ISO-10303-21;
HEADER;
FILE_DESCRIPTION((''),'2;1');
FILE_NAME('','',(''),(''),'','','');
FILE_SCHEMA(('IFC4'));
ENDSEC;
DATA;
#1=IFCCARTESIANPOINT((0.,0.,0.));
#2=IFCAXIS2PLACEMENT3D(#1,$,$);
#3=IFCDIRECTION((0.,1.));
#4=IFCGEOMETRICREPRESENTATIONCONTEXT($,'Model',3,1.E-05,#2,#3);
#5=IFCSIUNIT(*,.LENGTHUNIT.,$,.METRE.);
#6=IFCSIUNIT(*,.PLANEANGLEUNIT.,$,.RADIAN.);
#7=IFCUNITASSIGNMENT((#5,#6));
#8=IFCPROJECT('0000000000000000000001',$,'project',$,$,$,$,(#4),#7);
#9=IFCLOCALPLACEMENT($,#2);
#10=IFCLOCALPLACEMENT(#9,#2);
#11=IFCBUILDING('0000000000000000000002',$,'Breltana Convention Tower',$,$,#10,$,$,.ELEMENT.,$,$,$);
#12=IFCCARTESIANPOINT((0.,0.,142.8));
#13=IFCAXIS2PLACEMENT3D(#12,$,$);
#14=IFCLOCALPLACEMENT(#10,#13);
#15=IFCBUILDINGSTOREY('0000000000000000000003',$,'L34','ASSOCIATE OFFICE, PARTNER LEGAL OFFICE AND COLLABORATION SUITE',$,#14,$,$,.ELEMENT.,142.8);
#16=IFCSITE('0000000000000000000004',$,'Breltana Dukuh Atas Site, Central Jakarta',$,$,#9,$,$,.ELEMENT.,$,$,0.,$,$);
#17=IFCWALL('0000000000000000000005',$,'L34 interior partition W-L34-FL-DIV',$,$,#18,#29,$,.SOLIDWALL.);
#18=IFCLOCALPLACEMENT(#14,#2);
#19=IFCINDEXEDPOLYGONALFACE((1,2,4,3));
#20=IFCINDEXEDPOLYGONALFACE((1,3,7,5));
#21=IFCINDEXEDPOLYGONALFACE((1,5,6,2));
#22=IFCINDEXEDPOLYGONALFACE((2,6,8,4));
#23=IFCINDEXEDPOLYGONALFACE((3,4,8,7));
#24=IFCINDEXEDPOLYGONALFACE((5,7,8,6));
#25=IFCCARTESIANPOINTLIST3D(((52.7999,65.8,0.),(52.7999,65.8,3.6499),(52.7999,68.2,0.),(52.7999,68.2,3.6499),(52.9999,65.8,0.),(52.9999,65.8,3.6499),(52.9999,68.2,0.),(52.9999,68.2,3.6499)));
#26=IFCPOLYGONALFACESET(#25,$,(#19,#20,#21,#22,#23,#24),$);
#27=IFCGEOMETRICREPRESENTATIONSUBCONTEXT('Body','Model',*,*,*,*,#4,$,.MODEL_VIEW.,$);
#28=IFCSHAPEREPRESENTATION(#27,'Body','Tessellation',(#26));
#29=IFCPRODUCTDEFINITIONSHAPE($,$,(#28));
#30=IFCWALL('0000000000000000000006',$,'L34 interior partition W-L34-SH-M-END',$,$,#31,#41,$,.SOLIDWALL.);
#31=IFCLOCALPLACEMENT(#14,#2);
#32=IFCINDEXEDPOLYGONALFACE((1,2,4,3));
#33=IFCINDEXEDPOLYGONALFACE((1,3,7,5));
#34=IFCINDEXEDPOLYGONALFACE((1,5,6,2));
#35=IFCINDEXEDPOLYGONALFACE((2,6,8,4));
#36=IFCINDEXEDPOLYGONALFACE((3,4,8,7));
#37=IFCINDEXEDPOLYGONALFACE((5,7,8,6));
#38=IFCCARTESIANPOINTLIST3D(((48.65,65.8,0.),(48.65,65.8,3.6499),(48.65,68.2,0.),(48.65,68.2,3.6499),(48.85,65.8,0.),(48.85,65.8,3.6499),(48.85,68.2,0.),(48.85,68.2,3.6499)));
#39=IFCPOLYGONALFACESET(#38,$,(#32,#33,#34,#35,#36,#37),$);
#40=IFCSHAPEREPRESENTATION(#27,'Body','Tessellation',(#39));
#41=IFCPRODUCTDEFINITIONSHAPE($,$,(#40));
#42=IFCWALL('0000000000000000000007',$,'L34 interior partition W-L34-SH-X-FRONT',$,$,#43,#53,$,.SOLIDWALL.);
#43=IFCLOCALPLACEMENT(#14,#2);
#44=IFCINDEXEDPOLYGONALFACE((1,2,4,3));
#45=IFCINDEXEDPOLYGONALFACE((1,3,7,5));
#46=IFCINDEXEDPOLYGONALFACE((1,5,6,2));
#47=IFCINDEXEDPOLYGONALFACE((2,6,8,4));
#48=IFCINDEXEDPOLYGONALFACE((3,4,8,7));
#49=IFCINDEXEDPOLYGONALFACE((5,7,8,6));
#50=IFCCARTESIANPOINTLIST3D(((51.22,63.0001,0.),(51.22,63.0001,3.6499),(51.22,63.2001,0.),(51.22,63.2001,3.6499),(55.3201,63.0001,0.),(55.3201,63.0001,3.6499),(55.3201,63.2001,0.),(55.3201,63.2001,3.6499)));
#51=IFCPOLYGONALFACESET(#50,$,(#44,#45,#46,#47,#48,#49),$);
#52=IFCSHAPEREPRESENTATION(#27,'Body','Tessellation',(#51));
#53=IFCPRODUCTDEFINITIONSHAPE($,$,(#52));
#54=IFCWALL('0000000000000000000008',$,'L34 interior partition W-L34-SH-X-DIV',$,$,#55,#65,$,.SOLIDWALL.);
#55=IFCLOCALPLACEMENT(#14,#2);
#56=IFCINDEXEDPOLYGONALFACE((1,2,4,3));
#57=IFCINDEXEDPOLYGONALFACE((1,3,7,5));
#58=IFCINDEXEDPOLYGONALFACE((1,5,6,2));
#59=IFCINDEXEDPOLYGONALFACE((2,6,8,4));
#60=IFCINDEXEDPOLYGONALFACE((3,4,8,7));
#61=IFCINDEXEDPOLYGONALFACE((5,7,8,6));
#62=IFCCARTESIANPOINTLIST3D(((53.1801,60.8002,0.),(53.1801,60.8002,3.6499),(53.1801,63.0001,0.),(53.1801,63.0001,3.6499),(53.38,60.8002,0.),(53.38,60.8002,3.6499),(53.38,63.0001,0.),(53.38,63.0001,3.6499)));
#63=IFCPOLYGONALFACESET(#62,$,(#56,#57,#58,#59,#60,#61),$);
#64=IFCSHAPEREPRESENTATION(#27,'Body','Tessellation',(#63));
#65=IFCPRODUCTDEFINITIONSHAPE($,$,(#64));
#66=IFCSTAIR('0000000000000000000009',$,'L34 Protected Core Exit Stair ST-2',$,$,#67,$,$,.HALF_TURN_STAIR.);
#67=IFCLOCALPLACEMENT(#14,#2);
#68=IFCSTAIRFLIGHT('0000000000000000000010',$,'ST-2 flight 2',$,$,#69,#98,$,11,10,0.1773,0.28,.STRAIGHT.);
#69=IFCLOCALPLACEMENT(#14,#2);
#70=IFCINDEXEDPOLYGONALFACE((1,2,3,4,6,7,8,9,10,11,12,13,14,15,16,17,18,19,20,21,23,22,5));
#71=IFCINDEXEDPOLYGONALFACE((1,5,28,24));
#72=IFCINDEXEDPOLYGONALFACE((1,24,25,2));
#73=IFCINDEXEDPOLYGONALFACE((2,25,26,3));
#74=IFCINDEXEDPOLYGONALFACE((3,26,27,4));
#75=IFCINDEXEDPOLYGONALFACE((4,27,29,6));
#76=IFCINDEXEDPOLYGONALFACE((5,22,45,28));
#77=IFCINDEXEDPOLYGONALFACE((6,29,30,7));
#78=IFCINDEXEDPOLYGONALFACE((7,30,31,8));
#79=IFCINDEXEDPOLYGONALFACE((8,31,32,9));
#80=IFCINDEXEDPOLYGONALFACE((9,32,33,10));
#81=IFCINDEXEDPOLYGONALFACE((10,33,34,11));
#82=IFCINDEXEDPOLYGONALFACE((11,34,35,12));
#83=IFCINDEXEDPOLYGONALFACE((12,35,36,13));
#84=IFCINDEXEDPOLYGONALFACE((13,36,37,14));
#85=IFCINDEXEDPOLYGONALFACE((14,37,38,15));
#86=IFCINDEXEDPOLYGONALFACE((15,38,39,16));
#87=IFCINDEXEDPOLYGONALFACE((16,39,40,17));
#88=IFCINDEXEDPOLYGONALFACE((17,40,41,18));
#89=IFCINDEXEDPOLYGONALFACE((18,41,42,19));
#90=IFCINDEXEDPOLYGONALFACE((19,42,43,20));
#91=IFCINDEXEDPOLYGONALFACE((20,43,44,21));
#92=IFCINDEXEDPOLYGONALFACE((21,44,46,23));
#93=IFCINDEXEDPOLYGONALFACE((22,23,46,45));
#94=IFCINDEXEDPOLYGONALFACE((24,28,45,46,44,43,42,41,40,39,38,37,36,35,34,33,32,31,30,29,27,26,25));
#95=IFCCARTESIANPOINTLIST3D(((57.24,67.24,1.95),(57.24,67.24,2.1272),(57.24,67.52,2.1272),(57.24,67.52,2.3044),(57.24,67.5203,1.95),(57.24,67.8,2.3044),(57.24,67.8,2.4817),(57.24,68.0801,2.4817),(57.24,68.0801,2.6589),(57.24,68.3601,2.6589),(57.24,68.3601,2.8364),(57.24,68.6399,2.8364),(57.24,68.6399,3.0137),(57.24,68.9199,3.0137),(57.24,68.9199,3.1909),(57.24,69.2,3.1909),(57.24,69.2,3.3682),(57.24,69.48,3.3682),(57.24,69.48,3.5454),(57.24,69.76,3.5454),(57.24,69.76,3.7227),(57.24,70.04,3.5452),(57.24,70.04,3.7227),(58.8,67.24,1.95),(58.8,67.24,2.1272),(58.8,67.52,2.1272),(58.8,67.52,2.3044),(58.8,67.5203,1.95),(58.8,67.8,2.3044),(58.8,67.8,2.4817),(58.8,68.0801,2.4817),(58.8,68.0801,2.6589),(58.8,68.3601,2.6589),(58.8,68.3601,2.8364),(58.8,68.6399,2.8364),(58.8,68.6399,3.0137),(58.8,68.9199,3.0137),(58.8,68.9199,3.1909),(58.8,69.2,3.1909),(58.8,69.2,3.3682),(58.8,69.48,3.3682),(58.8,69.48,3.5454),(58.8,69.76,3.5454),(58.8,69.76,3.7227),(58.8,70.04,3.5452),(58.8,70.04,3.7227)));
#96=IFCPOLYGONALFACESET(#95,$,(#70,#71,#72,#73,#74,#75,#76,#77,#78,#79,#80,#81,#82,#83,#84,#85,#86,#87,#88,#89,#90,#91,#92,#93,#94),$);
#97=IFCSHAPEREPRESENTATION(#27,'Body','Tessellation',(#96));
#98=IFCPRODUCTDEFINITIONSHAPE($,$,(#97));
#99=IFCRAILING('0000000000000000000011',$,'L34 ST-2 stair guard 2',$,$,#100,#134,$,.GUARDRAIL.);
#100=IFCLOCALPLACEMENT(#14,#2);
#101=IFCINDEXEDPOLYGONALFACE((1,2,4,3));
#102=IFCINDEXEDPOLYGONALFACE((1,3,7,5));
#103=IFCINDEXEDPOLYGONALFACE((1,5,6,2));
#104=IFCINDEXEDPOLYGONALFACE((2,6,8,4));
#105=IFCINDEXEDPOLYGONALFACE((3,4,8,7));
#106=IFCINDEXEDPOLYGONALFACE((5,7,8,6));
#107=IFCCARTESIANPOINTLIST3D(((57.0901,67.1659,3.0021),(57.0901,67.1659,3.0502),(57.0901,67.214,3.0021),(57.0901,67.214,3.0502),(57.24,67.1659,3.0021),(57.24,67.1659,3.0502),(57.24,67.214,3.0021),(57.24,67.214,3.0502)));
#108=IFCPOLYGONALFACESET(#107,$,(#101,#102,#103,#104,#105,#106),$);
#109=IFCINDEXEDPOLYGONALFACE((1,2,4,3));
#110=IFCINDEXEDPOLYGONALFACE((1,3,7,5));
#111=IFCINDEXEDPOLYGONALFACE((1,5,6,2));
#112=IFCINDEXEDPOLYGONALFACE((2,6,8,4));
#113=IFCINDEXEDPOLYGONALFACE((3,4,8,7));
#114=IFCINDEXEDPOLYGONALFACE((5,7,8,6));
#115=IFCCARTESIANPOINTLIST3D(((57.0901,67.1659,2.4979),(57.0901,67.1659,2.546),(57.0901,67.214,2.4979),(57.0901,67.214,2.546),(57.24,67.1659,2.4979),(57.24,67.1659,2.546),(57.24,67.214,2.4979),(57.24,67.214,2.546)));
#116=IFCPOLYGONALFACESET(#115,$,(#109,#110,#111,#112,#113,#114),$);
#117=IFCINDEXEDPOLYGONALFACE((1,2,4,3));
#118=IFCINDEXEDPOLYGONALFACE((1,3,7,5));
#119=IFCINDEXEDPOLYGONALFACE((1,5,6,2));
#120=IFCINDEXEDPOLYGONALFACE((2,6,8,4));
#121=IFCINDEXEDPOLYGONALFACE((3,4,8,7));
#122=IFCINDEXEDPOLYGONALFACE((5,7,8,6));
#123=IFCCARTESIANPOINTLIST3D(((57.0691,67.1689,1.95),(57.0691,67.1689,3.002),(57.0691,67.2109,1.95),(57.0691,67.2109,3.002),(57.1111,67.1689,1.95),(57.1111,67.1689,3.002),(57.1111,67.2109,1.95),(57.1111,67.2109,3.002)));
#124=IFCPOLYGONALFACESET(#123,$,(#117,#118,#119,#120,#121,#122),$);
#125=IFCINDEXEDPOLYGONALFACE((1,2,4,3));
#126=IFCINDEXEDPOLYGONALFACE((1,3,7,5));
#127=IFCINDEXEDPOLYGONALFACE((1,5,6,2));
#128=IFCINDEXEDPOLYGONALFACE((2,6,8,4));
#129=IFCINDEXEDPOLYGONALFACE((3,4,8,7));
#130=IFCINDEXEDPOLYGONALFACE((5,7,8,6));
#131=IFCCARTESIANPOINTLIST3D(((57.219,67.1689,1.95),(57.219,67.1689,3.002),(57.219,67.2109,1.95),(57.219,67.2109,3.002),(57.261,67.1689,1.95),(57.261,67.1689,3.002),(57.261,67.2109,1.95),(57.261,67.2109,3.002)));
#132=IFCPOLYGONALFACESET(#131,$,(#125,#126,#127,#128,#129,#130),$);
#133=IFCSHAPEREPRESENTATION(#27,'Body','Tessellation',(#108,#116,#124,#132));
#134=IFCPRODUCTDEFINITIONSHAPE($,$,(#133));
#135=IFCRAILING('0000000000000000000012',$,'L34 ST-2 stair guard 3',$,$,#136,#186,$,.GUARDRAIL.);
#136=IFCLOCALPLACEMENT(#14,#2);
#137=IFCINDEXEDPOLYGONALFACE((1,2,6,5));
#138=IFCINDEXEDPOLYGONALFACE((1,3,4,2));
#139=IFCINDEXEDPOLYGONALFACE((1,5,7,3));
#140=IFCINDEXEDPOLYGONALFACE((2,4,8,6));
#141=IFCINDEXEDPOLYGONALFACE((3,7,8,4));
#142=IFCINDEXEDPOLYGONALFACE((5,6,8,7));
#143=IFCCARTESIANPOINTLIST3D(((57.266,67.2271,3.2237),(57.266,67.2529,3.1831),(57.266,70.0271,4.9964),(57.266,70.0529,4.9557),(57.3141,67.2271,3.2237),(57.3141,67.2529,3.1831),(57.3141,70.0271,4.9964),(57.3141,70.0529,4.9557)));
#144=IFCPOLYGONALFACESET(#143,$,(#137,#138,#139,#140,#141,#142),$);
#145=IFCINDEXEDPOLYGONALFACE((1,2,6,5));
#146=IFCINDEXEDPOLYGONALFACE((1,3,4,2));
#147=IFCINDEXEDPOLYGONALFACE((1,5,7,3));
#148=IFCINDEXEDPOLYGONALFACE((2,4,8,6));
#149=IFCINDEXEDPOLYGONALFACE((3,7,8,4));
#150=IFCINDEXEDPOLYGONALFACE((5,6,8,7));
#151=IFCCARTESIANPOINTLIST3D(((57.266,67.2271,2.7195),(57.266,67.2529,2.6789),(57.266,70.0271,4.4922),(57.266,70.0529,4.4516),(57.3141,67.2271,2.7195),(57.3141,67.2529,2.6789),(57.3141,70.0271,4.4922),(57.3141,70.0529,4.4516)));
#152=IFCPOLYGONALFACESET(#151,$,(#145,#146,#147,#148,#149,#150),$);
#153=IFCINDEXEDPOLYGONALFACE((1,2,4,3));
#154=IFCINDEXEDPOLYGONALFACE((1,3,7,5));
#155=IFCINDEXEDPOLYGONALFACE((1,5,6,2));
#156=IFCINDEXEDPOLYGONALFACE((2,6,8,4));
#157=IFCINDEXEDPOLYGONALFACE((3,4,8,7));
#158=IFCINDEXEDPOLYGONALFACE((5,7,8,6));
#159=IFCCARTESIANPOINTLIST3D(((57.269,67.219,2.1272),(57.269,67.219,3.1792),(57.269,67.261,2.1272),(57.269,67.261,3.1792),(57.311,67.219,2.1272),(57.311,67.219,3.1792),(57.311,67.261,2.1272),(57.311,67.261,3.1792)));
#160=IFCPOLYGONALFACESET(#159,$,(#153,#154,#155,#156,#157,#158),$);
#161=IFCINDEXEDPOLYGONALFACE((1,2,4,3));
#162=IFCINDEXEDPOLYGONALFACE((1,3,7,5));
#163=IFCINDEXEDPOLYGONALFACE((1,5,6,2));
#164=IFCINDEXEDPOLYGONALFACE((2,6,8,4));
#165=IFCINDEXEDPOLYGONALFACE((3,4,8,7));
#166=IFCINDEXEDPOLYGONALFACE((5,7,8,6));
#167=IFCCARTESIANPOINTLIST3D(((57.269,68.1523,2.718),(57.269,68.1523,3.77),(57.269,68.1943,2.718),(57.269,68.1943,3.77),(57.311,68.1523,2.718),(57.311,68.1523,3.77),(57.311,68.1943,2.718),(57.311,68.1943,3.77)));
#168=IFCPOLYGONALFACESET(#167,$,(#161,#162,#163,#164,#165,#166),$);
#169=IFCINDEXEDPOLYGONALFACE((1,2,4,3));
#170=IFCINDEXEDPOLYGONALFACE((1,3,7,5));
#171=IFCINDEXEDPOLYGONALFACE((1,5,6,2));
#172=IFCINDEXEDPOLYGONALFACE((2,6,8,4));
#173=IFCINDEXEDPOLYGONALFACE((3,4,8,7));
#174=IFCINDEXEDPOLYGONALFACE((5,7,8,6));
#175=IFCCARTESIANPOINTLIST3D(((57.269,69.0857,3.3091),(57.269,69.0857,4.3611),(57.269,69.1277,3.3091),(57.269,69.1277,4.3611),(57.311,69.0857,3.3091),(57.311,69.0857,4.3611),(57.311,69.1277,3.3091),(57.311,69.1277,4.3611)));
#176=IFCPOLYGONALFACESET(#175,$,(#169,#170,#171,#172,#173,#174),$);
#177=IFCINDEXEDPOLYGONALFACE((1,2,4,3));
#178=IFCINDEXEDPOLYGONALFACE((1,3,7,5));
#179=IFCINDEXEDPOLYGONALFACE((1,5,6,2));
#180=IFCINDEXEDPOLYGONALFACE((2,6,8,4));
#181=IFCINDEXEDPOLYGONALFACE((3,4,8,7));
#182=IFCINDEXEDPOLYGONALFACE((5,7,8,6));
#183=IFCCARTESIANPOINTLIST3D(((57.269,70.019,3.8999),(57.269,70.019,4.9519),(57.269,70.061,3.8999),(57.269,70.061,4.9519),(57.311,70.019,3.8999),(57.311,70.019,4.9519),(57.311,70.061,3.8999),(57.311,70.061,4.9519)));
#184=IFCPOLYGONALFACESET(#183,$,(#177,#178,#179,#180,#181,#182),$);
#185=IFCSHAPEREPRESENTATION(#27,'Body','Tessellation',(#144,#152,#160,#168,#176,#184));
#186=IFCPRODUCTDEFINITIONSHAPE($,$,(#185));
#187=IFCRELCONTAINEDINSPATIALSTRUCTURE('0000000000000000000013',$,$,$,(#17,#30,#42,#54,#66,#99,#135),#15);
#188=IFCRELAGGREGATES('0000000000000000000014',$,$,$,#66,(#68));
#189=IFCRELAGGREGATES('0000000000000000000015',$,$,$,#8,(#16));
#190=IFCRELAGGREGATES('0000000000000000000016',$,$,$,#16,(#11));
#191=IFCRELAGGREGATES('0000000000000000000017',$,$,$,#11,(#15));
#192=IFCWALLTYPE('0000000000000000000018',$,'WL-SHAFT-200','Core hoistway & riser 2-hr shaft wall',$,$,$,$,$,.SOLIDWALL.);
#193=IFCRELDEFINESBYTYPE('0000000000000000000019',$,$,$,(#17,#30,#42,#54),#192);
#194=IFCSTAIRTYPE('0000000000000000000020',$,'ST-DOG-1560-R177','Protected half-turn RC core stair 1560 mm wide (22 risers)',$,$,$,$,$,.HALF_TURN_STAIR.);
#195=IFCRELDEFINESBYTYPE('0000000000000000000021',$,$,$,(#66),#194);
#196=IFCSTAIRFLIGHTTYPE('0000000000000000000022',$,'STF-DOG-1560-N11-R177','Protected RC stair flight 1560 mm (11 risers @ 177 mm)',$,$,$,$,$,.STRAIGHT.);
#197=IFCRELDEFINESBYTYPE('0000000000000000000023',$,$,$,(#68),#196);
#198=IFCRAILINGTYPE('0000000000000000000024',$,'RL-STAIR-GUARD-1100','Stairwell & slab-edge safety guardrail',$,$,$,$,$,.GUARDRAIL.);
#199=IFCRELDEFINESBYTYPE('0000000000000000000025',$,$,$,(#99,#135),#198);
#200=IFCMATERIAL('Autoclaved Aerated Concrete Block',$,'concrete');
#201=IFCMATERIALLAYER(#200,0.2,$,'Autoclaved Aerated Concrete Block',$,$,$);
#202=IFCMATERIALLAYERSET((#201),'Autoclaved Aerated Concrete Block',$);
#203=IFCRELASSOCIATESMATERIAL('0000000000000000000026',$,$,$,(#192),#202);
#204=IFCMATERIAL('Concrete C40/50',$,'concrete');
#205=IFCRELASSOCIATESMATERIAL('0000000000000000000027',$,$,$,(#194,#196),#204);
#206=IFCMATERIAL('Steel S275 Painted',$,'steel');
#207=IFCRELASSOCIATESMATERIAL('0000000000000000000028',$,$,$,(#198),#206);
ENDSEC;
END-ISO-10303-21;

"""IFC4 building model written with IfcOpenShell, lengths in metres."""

from ifc_helpers import new_model, si_unit, direction, frame, frame_2d, origin, origin_2d, place, context, subcontext, project, spatial, polyline, rectangle, outline, extrude, source, transform, mapped, material, layer, layer_set, type_object, element, aggregate, save


model = new_model("IFC4")

# Units and contexts
model_context = context("Model", 3, precision=1e-05, world=origin(), true_north=direction((0.0, 1.0)))
body_context = subcontext(model_context, "Body", "Model", "MODEL_VIEW")
ifc_project = project(units=[si_unit("LENGTHUNIT", "METRE"), si_unit("PLANEANGLEUNIT", "RADIAN")], contexts=[model_context])

# Site, building, storey
site_placement = place(None, origin())
site = spatial("IfcSite", under=ifc_project, at=site_placement, Name="Breltana Dukuh Atas Site, Central Jakarta", CompositionType="ELEMENT", RefElevation=0.0)
building_placement = place(site_placement, origin())
building = spatial("IfcBuilding", under=site, at=building_placement, Name="Breltana Convention Tower", CompositionType="ELEMENT")
storey_placement = place(building_placement, frame((0.0, 0.0, 142.8)))
storey = spatial("IfcBuildingStorey", under=building, at=storey_placement, Name="L34", Description="ASSOCIATE OFFICE, PARTNER LEGAL OFFICE AND COLLABORATION SUITE", CompositionType="ELEMENT", Elevation=142.8)

# Walls
ifc_material_1 = material(Name="Autoclaved Aerated Concrete Block", Category="concrete")
ifc_layer_1 = layer(ifc_material_1, 0.2, Name="Autoclaved Aerated Concrete Block")
ifc_layer_set_1 = layer_set([ifc_layer_1], Name="Autoclaved Aerated Concrete Block")
wall_type_1 = type_object("IfcWallType", Name="WL-SHAFT-200", Description="Core hoistway & riser 2-hr shaft wall", PredefinedType="SOLIDWALL", material=ifc_layer_set_1)
shared_shape_1 = source(origin(), body_context, "Body", "SweptSolid", [
    extrude(rectangle(XDim=2.3999, YDim=0.2, at=frame_2d((1.2, 0.0))), origin(), (0.0, 0.0, 1.0), 3.6499),
])
for number, where, z_axis, x_axis, name in (
    (1, (52.8999, 65.8, 0.0), (0.0, 0.0, 1.0), (0.0, 1.0, 0.0), "L34 interior partition W-L34-FL-DIV"),
    (2, (48.75, 65.8, 0.0), (0.0, 0.0, 1.0), (0.0, 1.0, 0.0), "L34 interior partition W-L34-SH-M-END"),
):
    element("IfcWall", number, at=place(storey_placement, frame(where, z_axis=z_axis, x_axis=x_axis)), inside=storey, type_object=wall_type_1, Name=name, PredefinedType="SOLIDWALL", context=body_context, shape_type="MappedRepresentation", body=[
        mapped(shared_shape_1, transform((0.0, 0.0, 0.0), scale=1.0)),
    ])
shared_shape_2 = source(origin(), body_context, "Body", "SweptSolid", [
    extrude(rectangle(XDim=4.1001, YDim=0.2, at=frame_2d((2.05, 0.0))), origin(), (0.0, 0.0, 1.0), 3.6499),
])
wall_1_placement = place(storey_placement, frame((51.22, 63.1001, 0.0), z_axis=(0.0, 0.0, 1.0), x_axis=(1.0, 0.0, 0.0)))
element("IfcWall", 3, at=wall_1_placement, inside=storey, type_object=wall_type_1, Name="L34 interior partition W-L34-SH-X-FRONT", PredefinedType="SOLIDWALL", context=body_context, shape_type="MappedRepresentation", body=[
    mapped(shared_shape_2, transform((0.0, 0.0, 0.0), scale=1.0)),
])
shared_shape_3 = source(origin(), body_context, "Body", "SweptSolid", [
    extrude(rectangle(XDim=2.2, YDim=0.2, at=frame_2d((1.1001, 0.0))), origin(), (0.0, 0.0, 1.0), 3.6499),
])
wall_2_placement = place(storey_placement, frame((53.28, 60.8, 0.0), z_axis=(0.0, 0.0, 1.0), x_axis=(0.0, 1.0, 0.0)))
element("IfcWall", 4, at=wall_2_placement, inside=storey, type_object=wall_type_1, Name="L34 interior partition W-L34-SH-X-DIV", PredefinedType="SOLIDWALL", context=body_context, shape_type="MappedRepresentation", body=[
    mapped(shared_shape_3, transform((0.0, 0.0, 0.0), scale=1.0)),
])

# Stair, stair flight
ifc_material_2 = material(Name="Concrete C40/50", Category="concrete")
stair_type = type_object("IfcStairType", Name="ST-DOG-1560-R177", Description="Protected half-turn RC core stair 1560 mm wide (22 risers)", PredefinedType="HALF_TURN_STAIR", material=ifc_material_2)
stair_placement = place(storey_placement, origin())
stair = element("IfcStair", 5, at=stair_placement, inside=storey, type_object=stair_type, Name="L34 Protected Core Exit Stair ST-2", PredefinedType="HALF_TURN_STAIR")
stair_flight_type = type_object("IfcStairFlightType", Name="STF-DOG-1560-N11-R177", Description="Protected RC stair flight 1560 mm (11 risers @ 177 mm)", PredefinedType="STRAIGHT", material=ifc_material_2)
stair_flight_placement = place(storey_placement, frame((58.02, 67.24, 1.95), z_axis=(0.0, 0.0, 1.0), x_axis=(0.0, 1.0, 0.0)))
stair_flight = element("IfcStairFlight", 6, at=stair_flight_placement, type_object=stair_flight_type, Name="ST-2 flight 2", NumberOfRisers=11, NumberOfTreads=10, PredefinedType="STRAIGHT", RiserHeight=0.1773, TreadLength=0.28, context=body_context, shape_type="SweptSolid", body=[
    extrude(outline(polyline([(0.0, 0.0), (0.0, 0.1772), (0.28, 0.1772), (0.28, 0.3545), (0.5601, 0.3545), (0.5601, 0.5317), (0.8401, 0.5317), (0.8401, 0.709), (1.1201, 0.709), (1.1201, 0.8865), (1.3999, 0.8865), (1.3999, 1.0637), (1.6799, 1.0637), (1.6799, 1.241), (1.96, 1.241), (1.96, 1.4182), (2.24, 1.4182), (2.24, 1.5955), (2.52, 1.5955), (2.52, 1.7727), (2.8, 1.7727), (2.8, 1.95), (2.8, 1.5952), (0.2803, 0.0), (0.0, 0.0)])), frame((0.0, 0.78, 0.0), z_axis=(0.0, -1.0, 0.0), x_axis=(1.0, 0.0, 0.0)), (0.0, 0.0, 1.0), 1.5601),
])
aggregate(stair, [stair_flight])

# Railings
ifc_material_3 = material(Name="Steel S275 Painted", Category="steel")
railing_type_1 = type_object("IfcRailingType", Name="RL-STAIR-GUARD-1100", Description="Stairwell & slab-edge safety guardrail", PredefinedType="GUARDRAIL", material=ifc_material_3)
railing_1_placement = place(storey_placement, frame((57.0901, 67.1899, 1.95)))
element("IfcRailing", 7, at=railing_1_placement, inside=storey, type_object=railing_type_1, Name="L34 ST-2 stair guard 2", PredefinedType="GUARDRAIL", context=body_context, shape_type="SweptSolid", body=[
    extrude(rectangle(XDim=0.0481, YDim=0.0481, at=origin_2d()), frame((0.0, 0.0, 1.0762), z_axis=(1.0, 0.0, 0.0), x_axis=(0.0, 1.0, 0.0)), (0.0, 0.0, 1.0), 0.1499),
    extrude(rectangle(XDim=0.0481, YDim=0.0481, at=origin_2d()), frame((0.0, 0.0, 0.572), z_axis=(1.0, 0.0, 0.0), x_axis=(0.0, 1.0, 0.0)), (0.0, 0.0, 1.0), 0.1499),
    extrude(rectangle(XDim=0.042, YDim=0.042, at=origin_2d()), origin(), (0.0, 0.0, 1.0), 1.052),
    extrude(rectangle(XDim=0.042, YDim=0.042, at=origin_2d()), frame((0.1499, 0.0, 0.0)), (0.0, 0.0, 1.0), 1.052),
])
railing_2_placement = place(storey_placement, frame((57.29, 67.24, 2.1272)))
element("IfcRailing", 8, at=railing_2_placement, inside=storey, type_object=railing_type_1, Name="L34 ST-2 stair guard 3", PredefinedType="GUARDRAIL", context=body_context, shape_type="SweptSolid", body=[
    extrude(rectangle(XDim=0.0481, YDim=0.0481, at=origin_2d()), frame((0.0, 0.0, 1.0762), z_axis=(0.0, 0.844909, 0.53491), x_axis=(-1.0, 0.0, 0.0)), (0.0, 0.0, 1.0), 3.314),
    extrude(rectangle(XDim=0.0481, YDim=0.0481, at=origin_2d()), frame((0.0, 0.0, 0.572), z_axis=(0.0, 0.844909, 0.53491), x_axis=(-1.0, 0.0, 0.0)), (0.0, 0.0, 1.0), 3.314),
    extrude(rectangle(XDim=0.042, YDim=0.042, at=origin_2d()), origin(), (0.0, 0.0, 1.0), 1.052),
    extrude(rectangle(XDim=0.042, YDim=0.042, at=origin_2d()), frame((0.0, 0.9333, 0.5908)), (0.0, 0.0, 1.0), 1.052),
    extrude(rectangle(XDim=0.042, YDim=0.042, at=origin_2d()), frame((0.0, 1.8667, 1.1819)), (0.0, 0.0, 1.0), 1.052),
    extrude(rectangle(XDim=0.042, YDim=0.042, at=origin_2d()), frame((0.0, 2.8, 1.7727)), (0.0, 0.0, 1.0), 1.052),
])

save(model, "model.ifc")
